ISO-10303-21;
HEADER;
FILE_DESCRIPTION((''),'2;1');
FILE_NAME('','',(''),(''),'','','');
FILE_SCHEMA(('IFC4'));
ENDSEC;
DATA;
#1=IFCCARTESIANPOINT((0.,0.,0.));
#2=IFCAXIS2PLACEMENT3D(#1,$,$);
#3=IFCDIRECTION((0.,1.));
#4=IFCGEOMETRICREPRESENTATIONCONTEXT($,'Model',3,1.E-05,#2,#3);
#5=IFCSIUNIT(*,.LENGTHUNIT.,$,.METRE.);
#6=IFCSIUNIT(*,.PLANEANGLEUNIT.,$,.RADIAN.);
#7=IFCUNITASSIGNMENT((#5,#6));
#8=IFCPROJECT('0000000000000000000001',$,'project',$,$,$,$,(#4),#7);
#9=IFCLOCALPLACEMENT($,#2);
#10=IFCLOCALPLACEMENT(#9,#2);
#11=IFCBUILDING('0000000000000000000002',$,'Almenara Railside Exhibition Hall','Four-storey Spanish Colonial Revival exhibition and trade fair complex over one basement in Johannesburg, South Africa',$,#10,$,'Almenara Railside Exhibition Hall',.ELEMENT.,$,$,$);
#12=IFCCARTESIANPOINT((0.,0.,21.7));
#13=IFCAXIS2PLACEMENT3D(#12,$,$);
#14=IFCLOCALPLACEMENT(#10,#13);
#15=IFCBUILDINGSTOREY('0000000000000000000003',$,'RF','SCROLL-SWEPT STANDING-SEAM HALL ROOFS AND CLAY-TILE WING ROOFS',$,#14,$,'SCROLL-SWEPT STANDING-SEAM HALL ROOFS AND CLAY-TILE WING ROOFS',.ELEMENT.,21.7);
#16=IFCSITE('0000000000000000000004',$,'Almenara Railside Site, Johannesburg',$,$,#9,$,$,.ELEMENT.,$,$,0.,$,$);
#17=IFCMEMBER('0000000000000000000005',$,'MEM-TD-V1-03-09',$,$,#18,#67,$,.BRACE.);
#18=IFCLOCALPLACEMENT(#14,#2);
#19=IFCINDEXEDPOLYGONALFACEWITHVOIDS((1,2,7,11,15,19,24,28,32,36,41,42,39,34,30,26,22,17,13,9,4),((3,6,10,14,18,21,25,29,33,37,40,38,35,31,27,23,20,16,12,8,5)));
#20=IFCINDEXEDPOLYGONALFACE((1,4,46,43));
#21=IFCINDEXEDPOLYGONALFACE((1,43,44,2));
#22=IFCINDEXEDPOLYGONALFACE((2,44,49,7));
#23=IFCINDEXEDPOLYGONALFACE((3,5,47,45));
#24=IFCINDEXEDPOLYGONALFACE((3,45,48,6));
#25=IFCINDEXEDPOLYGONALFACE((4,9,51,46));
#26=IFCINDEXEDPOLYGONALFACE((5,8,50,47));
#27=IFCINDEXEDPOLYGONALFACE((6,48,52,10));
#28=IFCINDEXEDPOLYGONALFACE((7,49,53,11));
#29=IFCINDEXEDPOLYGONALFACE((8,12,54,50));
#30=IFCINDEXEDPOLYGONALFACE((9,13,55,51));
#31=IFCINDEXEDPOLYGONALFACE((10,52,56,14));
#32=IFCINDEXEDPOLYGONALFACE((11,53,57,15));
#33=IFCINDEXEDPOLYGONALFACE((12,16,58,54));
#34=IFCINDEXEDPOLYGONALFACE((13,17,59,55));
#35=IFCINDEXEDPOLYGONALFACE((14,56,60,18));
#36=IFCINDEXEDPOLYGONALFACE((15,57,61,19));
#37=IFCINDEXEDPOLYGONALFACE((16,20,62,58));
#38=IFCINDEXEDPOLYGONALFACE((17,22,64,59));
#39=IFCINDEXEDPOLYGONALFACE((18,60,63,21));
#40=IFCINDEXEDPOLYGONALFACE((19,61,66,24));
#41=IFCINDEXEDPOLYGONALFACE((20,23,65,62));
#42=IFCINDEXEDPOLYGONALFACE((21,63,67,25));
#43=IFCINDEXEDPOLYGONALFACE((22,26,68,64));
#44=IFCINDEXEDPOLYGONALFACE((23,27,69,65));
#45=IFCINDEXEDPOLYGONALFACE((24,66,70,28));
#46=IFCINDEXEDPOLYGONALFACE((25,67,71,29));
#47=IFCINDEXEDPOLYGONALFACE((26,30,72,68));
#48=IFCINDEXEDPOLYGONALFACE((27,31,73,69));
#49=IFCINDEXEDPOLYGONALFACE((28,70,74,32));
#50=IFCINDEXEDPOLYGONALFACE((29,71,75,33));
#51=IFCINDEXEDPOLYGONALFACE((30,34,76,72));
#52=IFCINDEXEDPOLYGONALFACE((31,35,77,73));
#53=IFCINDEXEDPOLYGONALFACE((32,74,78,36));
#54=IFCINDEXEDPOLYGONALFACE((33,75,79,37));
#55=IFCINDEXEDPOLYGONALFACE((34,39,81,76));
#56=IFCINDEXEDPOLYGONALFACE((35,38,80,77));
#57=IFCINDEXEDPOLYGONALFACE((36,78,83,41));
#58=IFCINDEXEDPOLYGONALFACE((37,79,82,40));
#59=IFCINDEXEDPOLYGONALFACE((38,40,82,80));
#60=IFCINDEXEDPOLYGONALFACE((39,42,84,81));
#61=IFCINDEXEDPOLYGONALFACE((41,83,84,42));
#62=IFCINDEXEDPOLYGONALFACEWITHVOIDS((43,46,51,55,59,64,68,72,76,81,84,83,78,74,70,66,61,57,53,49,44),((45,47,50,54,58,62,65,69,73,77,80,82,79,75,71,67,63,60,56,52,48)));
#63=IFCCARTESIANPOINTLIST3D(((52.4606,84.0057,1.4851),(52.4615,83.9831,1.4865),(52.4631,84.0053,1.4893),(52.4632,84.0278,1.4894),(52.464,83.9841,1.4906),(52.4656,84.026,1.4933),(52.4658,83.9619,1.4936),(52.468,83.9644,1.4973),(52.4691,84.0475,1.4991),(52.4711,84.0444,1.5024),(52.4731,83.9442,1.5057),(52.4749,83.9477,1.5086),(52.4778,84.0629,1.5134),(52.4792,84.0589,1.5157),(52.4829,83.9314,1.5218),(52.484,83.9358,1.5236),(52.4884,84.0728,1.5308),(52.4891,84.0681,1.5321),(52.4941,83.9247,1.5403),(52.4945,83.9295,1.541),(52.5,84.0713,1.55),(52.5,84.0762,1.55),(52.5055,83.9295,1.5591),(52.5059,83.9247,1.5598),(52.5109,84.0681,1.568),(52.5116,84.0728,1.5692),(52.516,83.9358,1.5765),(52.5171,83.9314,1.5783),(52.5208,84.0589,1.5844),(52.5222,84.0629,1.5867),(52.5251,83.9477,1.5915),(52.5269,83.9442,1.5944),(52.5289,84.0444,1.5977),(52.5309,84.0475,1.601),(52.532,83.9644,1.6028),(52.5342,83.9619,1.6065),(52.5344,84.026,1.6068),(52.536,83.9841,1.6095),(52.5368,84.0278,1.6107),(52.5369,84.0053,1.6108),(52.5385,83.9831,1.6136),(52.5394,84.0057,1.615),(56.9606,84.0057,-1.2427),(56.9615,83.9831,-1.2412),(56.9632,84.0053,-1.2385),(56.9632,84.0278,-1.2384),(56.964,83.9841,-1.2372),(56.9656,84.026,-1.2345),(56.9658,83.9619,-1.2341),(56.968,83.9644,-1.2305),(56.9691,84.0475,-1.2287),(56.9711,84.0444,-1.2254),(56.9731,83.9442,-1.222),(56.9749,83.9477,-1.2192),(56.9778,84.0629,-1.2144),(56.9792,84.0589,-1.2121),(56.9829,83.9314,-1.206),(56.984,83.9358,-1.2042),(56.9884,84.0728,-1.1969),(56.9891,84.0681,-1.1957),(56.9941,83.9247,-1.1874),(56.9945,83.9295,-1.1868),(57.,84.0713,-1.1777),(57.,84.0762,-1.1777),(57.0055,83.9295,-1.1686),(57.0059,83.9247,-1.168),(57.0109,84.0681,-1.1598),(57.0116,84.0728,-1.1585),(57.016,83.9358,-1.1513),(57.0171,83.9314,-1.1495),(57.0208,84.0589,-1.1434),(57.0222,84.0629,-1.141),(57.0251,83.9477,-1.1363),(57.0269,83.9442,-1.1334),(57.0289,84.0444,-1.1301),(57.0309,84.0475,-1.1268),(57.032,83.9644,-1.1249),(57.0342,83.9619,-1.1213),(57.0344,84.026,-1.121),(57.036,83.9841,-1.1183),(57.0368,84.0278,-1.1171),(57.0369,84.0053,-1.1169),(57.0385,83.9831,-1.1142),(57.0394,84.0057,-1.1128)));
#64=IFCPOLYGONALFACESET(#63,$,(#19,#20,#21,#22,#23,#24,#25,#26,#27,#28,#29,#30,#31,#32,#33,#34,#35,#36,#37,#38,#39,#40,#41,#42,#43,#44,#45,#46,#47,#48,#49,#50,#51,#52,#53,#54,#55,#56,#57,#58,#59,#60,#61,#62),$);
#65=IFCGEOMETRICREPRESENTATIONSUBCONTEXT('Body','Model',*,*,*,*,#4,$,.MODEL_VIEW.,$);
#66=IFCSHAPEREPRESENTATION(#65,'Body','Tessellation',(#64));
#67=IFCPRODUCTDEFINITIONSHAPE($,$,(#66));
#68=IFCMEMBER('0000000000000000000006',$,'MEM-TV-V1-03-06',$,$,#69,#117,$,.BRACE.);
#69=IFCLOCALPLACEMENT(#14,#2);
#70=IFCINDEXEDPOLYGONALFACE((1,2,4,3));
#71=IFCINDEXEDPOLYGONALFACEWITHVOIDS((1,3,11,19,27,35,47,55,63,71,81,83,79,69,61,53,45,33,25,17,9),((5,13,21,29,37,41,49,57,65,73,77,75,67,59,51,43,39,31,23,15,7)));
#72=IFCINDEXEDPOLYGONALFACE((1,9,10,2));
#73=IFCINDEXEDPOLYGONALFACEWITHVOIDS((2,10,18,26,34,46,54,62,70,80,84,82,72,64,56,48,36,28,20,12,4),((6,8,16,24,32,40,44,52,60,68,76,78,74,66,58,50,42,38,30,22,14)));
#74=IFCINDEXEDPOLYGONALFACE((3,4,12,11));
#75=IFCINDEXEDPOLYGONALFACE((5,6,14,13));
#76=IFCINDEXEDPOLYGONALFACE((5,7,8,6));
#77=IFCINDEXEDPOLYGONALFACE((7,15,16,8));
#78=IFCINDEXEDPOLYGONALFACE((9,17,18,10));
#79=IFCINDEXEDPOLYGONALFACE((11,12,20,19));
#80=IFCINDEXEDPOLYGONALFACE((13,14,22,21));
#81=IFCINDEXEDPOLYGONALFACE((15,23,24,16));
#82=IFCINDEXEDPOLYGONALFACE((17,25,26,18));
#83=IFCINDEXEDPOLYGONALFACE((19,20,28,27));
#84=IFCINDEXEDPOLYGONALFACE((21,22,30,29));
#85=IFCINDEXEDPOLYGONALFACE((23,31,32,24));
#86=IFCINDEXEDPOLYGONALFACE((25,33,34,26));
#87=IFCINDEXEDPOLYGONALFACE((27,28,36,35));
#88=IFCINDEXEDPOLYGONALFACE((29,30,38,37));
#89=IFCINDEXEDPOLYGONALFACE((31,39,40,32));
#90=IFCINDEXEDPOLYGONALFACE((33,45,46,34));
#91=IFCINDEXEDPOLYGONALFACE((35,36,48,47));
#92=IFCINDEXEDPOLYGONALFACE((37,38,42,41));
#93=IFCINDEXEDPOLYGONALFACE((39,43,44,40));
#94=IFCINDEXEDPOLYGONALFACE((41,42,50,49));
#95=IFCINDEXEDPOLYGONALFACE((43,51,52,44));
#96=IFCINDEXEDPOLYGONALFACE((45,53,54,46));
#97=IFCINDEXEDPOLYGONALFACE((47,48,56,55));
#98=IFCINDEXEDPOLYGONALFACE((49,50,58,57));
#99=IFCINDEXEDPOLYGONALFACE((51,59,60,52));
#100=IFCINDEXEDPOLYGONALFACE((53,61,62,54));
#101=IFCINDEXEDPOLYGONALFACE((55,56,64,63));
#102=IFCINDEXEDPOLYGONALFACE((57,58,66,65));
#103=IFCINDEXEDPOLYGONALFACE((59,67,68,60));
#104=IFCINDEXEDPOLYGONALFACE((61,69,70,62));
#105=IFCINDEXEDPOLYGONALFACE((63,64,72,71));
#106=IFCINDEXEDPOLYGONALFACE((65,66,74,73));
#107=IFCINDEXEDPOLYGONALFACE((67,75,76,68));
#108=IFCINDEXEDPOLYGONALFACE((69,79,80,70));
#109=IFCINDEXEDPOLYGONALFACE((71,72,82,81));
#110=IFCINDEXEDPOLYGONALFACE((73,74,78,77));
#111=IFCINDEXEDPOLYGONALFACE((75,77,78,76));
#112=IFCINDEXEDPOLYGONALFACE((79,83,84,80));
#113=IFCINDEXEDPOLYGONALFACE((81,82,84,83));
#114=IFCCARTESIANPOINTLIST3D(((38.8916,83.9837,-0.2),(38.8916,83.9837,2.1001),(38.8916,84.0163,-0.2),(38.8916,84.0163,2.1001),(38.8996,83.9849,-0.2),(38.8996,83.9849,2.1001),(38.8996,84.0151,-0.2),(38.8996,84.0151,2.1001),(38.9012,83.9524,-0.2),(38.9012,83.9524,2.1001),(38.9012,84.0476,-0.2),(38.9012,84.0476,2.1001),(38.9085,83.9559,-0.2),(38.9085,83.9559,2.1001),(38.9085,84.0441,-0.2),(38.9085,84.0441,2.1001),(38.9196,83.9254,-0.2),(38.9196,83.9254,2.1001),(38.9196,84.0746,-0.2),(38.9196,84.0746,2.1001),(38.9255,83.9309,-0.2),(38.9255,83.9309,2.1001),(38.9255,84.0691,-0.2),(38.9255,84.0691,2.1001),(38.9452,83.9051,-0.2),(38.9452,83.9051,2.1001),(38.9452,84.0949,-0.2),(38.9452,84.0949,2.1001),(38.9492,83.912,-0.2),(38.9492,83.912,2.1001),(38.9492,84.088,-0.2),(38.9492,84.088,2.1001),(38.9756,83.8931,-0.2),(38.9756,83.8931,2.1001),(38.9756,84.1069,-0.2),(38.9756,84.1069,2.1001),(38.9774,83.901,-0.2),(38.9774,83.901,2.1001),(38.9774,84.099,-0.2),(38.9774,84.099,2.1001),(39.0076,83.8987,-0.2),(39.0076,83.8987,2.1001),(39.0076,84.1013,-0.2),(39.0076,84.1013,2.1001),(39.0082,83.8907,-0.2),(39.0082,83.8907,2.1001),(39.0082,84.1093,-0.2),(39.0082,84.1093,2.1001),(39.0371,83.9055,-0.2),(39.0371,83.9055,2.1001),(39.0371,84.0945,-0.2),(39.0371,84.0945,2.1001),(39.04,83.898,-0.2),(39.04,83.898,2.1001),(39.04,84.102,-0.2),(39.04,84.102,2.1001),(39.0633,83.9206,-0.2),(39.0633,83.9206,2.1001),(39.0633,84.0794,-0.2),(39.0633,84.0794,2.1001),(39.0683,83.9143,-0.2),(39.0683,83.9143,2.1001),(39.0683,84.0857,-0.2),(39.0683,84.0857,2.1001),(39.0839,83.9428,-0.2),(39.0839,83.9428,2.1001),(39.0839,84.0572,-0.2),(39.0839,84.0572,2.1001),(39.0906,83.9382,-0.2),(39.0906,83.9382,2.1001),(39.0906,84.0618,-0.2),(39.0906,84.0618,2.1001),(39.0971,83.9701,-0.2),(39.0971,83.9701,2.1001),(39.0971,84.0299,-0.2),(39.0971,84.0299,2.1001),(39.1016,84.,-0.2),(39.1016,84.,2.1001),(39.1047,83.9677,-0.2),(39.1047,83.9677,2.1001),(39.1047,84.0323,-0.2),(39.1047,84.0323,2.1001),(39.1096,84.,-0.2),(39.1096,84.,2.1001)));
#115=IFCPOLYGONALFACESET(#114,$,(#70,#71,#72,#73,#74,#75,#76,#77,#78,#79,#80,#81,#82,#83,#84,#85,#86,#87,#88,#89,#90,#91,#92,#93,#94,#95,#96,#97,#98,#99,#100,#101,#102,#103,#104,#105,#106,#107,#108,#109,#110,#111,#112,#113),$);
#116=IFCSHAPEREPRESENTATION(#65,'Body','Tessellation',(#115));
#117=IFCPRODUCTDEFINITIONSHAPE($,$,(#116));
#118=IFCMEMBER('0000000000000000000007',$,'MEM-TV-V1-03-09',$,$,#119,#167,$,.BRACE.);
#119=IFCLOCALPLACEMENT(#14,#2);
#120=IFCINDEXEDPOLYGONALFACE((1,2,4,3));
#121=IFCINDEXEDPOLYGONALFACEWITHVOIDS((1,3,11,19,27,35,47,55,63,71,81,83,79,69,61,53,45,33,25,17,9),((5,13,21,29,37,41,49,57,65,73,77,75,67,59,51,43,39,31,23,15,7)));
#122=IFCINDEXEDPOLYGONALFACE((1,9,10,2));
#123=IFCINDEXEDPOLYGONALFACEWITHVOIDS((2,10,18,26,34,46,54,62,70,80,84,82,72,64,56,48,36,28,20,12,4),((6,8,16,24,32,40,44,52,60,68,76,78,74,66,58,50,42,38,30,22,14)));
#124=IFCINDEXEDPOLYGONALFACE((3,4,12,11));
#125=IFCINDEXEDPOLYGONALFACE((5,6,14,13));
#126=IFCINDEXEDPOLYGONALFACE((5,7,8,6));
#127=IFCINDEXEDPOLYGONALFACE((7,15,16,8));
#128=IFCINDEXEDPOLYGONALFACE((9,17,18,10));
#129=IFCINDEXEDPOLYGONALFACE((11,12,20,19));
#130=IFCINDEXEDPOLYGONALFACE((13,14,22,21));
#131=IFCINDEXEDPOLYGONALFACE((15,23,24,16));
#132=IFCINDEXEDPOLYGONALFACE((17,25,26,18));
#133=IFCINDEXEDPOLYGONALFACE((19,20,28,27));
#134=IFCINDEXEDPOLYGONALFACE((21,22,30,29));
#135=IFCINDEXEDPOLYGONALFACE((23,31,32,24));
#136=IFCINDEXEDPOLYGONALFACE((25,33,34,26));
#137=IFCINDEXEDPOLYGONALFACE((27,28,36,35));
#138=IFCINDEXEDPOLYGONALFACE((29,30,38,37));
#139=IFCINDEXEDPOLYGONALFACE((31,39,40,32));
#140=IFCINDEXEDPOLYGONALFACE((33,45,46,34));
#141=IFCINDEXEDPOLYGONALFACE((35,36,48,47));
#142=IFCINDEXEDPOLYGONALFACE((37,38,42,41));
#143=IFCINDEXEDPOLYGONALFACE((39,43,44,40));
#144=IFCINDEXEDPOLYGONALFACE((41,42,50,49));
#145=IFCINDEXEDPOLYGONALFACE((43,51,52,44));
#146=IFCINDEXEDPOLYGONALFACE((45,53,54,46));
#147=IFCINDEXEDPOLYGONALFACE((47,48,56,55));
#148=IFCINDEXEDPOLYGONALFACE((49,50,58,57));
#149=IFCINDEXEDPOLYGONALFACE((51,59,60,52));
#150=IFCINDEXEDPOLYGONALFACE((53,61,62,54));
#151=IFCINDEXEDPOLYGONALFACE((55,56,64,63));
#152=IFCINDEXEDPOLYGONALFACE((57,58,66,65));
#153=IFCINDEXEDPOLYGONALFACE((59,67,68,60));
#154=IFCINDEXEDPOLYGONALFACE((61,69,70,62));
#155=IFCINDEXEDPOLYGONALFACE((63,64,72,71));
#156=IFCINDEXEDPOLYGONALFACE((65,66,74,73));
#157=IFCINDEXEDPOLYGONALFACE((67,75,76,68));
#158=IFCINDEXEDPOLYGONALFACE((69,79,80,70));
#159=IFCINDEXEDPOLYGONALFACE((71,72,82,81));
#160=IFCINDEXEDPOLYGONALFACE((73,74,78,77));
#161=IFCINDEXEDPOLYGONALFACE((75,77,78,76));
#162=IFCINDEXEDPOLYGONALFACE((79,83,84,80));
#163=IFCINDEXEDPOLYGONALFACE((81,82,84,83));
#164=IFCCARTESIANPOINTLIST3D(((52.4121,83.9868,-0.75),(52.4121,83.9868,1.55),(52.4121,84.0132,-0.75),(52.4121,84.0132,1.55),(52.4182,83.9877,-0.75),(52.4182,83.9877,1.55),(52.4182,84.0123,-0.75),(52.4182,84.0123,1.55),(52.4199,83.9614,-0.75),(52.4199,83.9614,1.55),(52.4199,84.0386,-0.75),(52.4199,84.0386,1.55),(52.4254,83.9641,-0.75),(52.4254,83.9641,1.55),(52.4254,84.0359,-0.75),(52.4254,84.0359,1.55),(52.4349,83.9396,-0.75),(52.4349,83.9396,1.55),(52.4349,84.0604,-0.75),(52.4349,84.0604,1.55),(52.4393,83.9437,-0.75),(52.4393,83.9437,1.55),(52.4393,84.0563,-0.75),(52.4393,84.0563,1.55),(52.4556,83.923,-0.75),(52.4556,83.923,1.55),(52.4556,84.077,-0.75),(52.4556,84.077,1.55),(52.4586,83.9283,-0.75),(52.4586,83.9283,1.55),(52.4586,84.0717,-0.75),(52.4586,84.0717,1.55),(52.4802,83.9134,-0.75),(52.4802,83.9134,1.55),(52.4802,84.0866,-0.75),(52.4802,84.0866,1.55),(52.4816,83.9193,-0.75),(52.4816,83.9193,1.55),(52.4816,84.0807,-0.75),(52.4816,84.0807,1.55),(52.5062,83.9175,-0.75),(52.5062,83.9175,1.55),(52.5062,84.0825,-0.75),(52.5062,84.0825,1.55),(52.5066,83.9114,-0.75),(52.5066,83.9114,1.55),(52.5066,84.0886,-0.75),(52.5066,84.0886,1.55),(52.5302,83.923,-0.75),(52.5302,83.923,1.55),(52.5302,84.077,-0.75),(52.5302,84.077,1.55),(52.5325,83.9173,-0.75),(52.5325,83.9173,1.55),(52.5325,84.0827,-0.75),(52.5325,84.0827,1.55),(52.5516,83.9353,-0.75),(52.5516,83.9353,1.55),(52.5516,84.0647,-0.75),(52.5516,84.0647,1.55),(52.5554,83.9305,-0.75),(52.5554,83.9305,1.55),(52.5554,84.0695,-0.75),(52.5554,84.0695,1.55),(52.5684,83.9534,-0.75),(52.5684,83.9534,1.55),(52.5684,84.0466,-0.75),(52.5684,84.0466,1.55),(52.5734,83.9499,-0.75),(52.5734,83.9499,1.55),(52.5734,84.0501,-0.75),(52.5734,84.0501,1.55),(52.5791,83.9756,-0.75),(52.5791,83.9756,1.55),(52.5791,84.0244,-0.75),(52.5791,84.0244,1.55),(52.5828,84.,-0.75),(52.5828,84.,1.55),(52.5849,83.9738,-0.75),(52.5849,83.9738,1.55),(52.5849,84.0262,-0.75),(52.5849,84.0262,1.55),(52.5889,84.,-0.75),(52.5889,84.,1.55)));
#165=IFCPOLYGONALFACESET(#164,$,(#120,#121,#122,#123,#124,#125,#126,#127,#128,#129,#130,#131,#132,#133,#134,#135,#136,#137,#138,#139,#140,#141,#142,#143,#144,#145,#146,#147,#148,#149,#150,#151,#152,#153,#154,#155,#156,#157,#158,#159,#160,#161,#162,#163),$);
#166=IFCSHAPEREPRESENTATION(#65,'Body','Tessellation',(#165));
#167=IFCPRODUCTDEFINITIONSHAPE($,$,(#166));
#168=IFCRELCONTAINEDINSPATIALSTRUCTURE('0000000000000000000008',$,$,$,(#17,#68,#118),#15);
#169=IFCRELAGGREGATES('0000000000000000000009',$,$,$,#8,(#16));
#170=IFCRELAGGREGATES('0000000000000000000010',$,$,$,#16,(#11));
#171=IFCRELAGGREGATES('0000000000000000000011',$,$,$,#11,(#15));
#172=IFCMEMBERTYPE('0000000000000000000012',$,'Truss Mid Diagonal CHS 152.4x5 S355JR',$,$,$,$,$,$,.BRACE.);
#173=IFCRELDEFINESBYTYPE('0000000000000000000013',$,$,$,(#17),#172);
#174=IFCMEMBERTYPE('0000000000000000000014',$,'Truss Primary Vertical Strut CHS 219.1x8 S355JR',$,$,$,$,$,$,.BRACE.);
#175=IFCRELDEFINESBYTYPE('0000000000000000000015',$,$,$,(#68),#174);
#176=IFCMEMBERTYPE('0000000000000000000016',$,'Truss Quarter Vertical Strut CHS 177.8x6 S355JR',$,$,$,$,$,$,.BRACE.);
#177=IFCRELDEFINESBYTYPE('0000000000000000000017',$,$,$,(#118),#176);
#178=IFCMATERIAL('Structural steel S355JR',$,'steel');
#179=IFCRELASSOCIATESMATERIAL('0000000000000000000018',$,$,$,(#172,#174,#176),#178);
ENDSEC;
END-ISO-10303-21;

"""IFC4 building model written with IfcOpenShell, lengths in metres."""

from ifc_helpers import new_model, si_unit, direction, frame, origin, origin_2d, place, context, subcontext, project, spatial, hollow_circle, extrude, material, material_profile, profile_set, type_object, element, save


model = new_model("IFC4")

# Units and contexts
model_context = context("Model", 3, precision=1e-05, world=origin(), true_north=direction((0.0, 1.0)))
body_context = subcontext(model_context, "Body", "Model", "MODEL_VIEW")
ifc_project = project(units=[si_unit("LENGTHUNIT", "METRE"), si_unit("PLANEANGLEUNIT", "RADIAN")], contexts=[model_context])

# Site, building, storey
site_placement = place(None, origin())
site = spatial("IfcSite", under=ifc_project, at=site_placement, Name="Almenara Railside Site, Johannesburg", CompositionType="ELEMENT", RefElevation=0.0)
building_placement = place(site_placement, origin())
building = spatial("IfcBuilding", under=site, at=building_placement, Name="Almenara Railside Exhibition Hall", Description="Four-storey Spanish Colonial Revival exhibition and trade fair complex over one basement in Johannesburg, South Africa", LongName="Almenara Railside Exhibition Hall", CompositionType="ELEMENT")
storey_placement = place(building_placement, frame((0.0, 0.0, 21.7)))
storey = spatial("IfcBuildingStorey", under=building, at=storey_placement, Name="RF", Description="SCROLL-SWEPT STANDING-SEAM HALL ROOFS AND CLAY-TILE WING ROOFS", LongName="SCROLL-SWEPT STANDING-SEAM HALL ROOFS AND CLAY-TILE WING ROOFS", CompositionType="ELEMENT", Elevation=21.7)

# Members
ifc_material_1 = material(Name="Structural steel S355JR", Category="steel")
ifc_material_profile_1 = material_profile(ifc_material_1, hollow_circle(Radius=0.0762, WallThickness=0.0049, at=origin_2d()), Name="CHS 152.4x5")
ifc_profile_set_1 = profile_set([ifc_material_profile_1], Name="Structural steel S355JR")
member_type_1 = type_object("IfcMemberType", Name="Truss Mid Diagonal CHS 152.4x5 S355JR", PredefinedType="BRACE", material=ifc_profile_set_1)
member_1_placement = place(storey_placement, frame((52.5, 84.0, 1.55), z_axis=(0.855155, 0.0, -0.518373), x_axis=(0.0, 1.0, 0.0)))
element("IfcMember", 1, at=member_1_placement, inside=storey, type_object=member_type_1, Name="MEM-TD-V1-03-09", PredefinedType="BRACE", context=body_context, shape_type="SweptSolid", body=[
    extrude(hollow_circle(Radius=0.0762, WallThickness=0.0049, at=origin_2d()), origin(), (0.0, 0.0, 1.0), 5.2622),
])
ifc_material_profile_2 = material_profile(ifc_material_1, hollow_circle(Radius=0.1096, WallThickness=0.0081, at=origin_2d()), Name="CHS 219.1x8")
ifc_profile_set_2 = profile_set([ifc_material_profile_2], Name="Structural steel S355JR")
member_type_2 = type_object("IfcMemberType", Name="Truss Primary Vertical Strut CHS 219.1x8 S355JR", PredefinedType="BRACE", material=ifc_profile_set_2)
member_2_placement = place(storey_placement, frame((39.0, 84.0, -0.2), z_axis=(0.0, 0.0, 1.0), x_axis=(1.0, 0.0, 0.0)))
element("IfcMember", 2, at=member_2_placement, inside=storey, type_object=member_type_2, Name="MEM-TV-V1-03-06", PredefinedType="BRACE", context=body_context, shape_type="SweptSolid", body=[
    extrude(hollow_circle(Radius=0.1096, WallThickness=0.0081, at=origin_2d()), origin(), (0.0, 0.0, 1.0), 2.3),
])
ifc_material_profile_3 = material_profile(ifc_material_1, hollow_circle(Radius=0.0889, WallThickness=0.0061, at=origin_2d()), Name="CHS 177.8x6")
ifc_profile_set_3 = profile_set([ifc_material_profile_3], Name="Structural steel S355JR")
member_type_3 = type_object("IfcMemberType", Name="Truss Quarter Vertical Strut CHS 177.8x6 S355JR", PredefinedType="BRACE", material=ifc_profile_set_3)
member_3_placement = place(storey_placement, frame((52.5, 84.0, -0.75), z_axis=(0.0, 0.0, 1.0), x_axis=(1.0, 0.0, 0.0)))
element("IfcMember", 3, at=member_3_placement, inside=storey, type_object=member_type_3, Name="MEM-TV-V1-03-09", PredefinedType="BRACE", context=body_context, shape_type="SweptSolid", body=[
    extrude(hollow_circle(Radius=0.0889, WallThickness=0.0061, at=origin_2d()), origin(), (0.0, 0.0, 1.0), 2.3),
])

save(model, "model.ifc")
